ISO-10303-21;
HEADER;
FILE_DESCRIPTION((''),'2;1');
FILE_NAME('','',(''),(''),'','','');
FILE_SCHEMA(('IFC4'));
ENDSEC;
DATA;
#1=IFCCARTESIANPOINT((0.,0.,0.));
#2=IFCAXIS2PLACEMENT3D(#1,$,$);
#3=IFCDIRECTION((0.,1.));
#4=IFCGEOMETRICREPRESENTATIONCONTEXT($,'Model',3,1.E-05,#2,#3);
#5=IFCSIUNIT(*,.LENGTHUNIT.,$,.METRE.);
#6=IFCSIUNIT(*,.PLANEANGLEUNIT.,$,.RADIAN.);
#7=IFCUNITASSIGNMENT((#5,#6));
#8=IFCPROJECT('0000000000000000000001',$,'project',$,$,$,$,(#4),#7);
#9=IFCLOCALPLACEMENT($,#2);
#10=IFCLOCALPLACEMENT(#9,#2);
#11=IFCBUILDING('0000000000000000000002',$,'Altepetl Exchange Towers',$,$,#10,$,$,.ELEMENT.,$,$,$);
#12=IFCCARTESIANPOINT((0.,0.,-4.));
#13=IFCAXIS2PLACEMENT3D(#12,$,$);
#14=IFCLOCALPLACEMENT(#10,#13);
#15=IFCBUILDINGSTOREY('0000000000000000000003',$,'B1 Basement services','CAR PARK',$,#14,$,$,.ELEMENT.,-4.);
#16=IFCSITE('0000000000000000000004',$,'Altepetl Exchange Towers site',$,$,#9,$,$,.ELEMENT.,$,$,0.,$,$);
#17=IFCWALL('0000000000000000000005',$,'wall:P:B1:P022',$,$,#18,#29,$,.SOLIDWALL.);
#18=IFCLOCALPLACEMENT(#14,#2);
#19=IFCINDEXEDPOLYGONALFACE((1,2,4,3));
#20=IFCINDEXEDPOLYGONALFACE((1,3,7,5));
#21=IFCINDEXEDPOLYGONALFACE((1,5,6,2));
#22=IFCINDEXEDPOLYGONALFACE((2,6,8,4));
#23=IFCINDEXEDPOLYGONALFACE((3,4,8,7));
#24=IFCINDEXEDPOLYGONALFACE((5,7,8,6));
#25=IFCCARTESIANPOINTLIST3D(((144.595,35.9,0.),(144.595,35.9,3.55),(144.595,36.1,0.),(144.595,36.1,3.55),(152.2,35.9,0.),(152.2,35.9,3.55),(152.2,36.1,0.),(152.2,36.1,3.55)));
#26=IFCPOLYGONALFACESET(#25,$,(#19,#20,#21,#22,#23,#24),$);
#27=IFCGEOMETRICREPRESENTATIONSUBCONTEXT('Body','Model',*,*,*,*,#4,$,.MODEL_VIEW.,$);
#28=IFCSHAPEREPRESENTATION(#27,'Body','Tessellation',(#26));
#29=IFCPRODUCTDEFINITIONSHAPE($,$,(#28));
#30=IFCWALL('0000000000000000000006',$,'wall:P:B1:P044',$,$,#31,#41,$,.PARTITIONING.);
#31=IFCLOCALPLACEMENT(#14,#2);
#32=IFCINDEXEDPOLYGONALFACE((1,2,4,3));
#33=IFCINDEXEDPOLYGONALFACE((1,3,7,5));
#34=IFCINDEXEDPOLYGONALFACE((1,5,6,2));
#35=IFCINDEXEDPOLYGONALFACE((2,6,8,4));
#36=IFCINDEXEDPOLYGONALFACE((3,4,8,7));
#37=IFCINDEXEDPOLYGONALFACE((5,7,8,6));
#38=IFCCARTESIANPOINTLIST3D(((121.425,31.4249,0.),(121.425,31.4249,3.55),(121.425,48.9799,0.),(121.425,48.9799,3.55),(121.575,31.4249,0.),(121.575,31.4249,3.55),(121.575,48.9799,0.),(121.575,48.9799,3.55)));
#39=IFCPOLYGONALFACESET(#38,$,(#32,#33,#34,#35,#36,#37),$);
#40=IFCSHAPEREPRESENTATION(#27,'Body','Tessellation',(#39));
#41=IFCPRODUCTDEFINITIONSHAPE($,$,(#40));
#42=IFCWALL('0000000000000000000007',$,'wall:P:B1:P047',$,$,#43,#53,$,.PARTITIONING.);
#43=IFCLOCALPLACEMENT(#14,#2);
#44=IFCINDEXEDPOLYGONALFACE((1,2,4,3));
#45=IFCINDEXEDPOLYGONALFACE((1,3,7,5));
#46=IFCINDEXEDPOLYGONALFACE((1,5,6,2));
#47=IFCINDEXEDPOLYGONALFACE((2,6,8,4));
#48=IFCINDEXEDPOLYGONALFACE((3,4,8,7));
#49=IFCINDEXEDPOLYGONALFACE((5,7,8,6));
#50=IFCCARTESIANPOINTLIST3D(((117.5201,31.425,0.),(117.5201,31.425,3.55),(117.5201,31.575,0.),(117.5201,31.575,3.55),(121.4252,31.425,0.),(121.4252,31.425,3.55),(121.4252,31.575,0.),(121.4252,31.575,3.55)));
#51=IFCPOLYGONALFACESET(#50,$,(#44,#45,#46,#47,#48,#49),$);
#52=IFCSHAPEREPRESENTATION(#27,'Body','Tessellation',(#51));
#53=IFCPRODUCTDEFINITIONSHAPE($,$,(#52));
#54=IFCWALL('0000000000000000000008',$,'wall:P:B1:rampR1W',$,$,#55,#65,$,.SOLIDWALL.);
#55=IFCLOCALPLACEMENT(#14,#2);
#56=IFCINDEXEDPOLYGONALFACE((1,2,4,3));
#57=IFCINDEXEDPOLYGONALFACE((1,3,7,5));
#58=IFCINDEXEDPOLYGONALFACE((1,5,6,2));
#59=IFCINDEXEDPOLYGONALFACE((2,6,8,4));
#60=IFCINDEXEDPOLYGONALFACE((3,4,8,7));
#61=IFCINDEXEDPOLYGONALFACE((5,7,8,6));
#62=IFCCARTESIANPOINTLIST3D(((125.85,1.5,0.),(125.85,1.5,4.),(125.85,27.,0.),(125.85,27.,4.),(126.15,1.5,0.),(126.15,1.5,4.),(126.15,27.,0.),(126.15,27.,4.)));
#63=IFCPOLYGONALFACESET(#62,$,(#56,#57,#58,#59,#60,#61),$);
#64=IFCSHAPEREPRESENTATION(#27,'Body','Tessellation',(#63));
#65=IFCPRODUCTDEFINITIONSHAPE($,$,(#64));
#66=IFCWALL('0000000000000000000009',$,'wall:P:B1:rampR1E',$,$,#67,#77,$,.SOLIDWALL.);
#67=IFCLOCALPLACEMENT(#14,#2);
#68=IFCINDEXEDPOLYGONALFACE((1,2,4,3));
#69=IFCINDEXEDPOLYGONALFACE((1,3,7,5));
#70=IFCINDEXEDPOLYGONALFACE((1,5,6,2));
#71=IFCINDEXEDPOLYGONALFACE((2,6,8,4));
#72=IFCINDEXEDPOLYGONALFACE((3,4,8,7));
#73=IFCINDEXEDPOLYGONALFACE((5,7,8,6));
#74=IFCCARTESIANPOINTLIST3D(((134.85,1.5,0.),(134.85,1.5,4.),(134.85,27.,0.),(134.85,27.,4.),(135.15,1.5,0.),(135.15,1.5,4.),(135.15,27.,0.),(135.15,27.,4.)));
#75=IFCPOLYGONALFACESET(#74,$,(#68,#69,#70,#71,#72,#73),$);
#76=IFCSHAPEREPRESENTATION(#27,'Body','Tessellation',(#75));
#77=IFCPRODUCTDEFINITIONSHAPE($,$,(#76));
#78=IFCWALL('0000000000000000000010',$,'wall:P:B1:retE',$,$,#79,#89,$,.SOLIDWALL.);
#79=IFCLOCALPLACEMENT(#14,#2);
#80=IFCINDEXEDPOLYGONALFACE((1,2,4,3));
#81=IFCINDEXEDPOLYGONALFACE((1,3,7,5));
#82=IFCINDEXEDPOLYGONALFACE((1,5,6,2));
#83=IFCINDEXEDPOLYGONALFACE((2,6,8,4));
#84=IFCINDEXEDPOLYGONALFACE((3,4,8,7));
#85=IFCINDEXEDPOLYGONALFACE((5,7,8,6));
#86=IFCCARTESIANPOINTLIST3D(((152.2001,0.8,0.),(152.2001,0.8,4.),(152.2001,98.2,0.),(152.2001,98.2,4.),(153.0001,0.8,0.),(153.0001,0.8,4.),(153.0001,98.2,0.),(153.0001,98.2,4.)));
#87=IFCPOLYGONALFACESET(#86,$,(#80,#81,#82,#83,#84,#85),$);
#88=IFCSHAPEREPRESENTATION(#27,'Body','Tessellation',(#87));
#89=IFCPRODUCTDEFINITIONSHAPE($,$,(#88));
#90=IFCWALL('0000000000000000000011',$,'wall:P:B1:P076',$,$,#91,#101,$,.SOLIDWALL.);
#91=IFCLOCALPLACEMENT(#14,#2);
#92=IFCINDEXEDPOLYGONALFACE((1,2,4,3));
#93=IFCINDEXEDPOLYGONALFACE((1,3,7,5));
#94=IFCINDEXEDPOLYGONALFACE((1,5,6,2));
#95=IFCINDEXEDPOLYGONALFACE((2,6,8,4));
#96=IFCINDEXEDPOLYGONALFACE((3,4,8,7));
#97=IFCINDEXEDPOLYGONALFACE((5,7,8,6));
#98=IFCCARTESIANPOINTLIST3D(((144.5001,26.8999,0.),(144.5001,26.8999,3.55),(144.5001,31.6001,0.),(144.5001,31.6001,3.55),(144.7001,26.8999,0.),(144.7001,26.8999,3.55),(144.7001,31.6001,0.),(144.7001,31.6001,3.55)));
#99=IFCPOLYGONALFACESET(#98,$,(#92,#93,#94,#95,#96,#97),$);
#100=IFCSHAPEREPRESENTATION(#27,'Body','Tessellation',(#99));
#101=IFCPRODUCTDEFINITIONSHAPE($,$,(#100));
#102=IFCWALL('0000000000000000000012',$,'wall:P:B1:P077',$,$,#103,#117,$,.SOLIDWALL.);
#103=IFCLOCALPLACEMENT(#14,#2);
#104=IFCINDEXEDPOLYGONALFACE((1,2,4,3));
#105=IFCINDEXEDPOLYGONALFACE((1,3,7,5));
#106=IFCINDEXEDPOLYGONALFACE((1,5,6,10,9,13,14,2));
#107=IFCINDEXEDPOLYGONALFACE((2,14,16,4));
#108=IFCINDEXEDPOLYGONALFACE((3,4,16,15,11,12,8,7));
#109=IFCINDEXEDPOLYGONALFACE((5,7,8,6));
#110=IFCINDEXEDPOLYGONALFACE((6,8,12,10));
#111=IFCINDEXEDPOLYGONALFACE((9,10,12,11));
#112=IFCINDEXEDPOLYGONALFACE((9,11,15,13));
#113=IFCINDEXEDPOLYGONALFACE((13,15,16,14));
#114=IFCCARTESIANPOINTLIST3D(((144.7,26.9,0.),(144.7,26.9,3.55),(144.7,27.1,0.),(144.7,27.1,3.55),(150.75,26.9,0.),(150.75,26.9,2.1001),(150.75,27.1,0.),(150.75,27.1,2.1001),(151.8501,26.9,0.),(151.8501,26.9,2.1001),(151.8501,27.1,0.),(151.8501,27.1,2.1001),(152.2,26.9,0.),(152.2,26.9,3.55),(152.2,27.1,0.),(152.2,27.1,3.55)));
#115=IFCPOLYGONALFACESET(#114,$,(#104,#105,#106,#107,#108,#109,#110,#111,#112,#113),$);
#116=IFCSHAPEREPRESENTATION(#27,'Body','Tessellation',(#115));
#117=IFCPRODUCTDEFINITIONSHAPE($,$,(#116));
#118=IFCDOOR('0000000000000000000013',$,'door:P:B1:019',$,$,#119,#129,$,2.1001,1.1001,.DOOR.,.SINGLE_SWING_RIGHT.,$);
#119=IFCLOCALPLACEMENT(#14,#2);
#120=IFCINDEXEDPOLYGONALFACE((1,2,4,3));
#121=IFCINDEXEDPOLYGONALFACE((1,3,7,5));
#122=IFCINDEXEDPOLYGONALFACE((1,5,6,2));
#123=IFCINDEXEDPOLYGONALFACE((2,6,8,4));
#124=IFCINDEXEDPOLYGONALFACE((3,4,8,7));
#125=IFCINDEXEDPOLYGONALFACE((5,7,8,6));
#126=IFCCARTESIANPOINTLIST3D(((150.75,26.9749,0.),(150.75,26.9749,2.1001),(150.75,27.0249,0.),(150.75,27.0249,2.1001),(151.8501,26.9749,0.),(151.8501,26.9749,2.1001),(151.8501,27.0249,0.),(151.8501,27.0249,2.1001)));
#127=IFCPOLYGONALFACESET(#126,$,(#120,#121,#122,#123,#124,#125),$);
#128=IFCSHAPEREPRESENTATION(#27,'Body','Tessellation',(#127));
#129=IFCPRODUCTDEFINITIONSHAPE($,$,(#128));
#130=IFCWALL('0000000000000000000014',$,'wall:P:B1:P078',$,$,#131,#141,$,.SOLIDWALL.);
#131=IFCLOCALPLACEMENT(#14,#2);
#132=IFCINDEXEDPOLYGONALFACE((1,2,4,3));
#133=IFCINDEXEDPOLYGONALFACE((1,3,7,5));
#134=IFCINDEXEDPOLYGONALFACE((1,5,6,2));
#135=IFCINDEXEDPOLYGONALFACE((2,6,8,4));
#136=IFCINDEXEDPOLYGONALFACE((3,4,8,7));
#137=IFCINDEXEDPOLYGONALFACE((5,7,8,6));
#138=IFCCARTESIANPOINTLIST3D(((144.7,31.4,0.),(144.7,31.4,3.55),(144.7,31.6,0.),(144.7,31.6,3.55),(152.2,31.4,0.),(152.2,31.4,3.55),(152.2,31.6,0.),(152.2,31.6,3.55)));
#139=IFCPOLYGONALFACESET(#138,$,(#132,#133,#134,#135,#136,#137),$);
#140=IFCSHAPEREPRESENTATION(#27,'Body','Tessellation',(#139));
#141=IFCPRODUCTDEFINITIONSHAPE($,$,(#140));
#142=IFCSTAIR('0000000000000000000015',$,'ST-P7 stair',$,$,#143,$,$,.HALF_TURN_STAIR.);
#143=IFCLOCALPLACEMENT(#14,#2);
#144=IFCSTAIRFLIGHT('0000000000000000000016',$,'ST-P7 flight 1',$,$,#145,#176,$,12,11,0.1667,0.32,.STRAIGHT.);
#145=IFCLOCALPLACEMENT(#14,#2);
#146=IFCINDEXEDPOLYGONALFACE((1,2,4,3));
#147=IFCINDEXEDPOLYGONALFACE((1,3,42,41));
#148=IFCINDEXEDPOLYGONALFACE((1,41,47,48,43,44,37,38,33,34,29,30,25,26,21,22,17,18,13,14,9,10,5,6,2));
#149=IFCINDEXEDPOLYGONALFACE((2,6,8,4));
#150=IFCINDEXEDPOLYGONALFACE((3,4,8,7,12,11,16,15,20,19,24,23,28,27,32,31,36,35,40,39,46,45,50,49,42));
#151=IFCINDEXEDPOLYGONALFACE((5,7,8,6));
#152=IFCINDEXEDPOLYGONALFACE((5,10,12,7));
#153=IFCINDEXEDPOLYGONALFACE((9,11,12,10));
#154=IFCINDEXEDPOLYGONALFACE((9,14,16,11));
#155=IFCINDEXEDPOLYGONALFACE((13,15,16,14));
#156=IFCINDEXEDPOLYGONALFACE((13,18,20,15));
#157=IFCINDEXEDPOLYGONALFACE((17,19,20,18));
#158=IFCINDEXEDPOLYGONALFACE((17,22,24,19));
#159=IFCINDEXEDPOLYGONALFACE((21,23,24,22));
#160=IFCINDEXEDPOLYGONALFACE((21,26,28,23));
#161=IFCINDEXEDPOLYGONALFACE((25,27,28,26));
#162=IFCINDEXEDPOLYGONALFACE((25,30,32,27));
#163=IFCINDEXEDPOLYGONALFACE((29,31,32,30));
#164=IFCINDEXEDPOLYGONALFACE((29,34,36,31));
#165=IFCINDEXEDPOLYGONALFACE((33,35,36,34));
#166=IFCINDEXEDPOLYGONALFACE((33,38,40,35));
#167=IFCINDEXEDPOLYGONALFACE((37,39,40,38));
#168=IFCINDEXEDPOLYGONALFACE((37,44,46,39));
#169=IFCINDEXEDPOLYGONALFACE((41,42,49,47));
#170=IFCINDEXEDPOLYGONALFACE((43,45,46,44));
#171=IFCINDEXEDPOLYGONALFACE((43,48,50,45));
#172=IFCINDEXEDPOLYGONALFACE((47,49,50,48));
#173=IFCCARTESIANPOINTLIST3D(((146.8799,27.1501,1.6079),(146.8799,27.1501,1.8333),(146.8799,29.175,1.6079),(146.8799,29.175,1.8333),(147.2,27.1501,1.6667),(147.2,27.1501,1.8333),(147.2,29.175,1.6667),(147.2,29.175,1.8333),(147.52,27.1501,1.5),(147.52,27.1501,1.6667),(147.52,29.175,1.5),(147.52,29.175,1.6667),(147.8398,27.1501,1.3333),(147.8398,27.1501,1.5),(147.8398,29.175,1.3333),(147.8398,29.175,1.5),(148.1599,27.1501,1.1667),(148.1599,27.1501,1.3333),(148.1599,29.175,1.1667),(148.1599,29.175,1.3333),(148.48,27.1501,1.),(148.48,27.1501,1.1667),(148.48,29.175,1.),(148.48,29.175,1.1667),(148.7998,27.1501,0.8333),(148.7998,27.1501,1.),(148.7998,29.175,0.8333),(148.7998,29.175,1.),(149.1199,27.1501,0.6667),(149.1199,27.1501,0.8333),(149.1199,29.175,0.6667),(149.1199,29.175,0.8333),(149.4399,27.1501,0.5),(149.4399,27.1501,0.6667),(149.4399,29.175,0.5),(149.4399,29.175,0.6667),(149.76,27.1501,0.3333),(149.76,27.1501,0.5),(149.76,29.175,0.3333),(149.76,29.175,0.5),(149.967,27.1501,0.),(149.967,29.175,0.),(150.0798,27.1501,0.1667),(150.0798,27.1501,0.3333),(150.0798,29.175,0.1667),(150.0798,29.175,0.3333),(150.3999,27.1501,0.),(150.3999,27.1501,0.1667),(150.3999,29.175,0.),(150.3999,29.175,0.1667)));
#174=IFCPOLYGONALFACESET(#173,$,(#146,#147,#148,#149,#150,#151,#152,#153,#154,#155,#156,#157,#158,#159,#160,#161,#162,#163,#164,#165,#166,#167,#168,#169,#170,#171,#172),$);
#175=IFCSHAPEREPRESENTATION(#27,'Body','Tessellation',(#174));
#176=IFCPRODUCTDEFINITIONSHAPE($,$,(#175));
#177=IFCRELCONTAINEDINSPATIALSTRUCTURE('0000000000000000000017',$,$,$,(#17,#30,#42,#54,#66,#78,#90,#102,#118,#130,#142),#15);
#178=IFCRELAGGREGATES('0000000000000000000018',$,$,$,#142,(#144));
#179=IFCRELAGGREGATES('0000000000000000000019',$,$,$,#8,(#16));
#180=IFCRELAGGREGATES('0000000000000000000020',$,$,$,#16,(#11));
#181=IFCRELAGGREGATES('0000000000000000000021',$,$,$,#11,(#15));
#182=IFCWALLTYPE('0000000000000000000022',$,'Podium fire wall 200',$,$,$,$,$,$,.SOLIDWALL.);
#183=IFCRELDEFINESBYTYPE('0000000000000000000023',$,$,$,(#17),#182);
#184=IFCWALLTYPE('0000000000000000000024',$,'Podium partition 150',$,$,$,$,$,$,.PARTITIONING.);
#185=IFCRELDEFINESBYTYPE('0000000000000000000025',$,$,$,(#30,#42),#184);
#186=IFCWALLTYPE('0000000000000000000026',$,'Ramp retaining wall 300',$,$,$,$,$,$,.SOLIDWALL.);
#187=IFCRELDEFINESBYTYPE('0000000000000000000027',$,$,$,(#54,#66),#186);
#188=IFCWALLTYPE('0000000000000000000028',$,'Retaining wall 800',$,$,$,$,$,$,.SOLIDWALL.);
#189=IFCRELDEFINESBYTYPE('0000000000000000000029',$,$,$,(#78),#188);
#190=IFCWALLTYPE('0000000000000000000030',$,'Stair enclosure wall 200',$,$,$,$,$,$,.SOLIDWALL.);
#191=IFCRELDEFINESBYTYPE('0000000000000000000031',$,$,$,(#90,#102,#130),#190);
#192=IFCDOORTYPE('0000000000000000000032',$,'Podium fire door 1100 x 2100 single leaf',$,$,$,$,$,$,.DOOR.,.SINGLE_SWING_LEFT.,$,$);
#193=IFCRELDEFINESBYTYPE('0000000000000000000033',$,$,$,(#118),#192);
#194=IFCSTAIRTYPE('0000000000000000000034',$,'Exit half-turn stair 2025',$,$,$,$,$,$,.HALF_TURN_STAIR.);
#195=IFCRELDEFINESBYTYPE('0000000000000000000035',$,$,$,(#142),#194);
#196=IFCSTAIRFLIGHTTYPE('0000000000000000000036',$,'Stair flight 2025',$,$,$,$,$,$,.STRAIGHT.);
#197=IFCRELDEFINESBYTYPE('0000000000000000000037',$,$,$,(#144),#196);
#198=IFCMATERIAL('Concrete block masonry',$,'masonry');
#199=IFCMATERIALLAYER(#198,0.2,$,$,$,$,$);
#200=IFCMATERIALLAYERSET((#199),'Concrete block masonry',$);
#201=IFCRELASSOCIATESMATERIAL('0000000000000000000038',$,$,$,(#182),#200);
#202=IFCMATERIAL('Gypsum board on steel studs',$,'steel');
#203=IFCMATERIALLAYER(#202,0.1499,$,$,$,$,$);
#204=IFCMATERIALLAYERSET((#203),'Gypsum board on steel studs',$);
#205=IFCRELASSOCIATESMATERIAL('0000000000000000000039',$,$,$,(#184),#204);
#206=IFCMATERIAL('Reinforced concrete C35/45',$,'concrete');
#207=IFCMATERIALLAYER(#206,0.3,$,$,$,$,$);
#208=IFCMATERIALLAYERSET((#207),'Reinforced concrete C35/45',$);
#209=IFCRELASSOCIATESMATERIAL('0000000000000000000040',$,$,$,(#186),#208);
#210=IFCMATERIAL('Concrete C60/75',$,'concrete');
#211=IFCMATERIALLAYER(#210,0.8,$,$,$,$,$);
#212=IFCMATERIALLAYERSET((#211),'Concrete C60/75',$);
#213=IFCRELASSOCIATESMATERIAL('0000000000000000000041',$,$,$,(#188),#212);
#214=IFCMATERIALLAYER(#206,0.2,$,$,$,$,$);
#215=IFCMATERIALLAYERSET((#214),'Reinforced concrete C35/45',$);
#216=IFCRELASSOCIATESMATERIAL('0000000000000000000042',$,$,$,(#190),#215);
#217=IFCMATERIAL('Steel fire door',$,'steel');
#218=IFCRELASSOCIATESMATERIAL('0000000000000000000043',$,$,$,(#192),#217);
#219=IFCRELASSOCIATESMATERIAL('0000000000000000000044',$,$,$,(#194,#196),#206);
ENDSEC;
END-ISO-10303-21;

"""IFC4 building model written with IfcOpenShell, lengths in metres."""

from ifc_helpers import new_model, si_unit, direction, frame, frame_2d, origin, place, context, subcontext, project, spatial, polyline, rectangle, outline, extrude, material, layer, layer_set, type_object, element, fill, aggregate, save


model = new_model("IFC4")

# Units and contexts
model_context = context("Model", 3, precision=1e-05, world=origin(), true_north=direction((0.0, 1.0)))
body_context = subcontext(model_context, "Body", "Model", "MODEL_VIEW")
ifc_project = project(units=[si_unit("LENGTHUNIT", "METRE"), si_unit("PLANEANGLEUNIT", "RADIAN")], contexts=[model_context])

# Site, building, storey
site_placement = place(None, origin())
site = spatial("IfcSite", under=ifc_project, at=site_placement, Name="Altepetl Exchange Towers site", CompositionType="ELEMENT", RefElevation=0.0)
building_placement = place(site_placement, origin())
building = spatial("IfcBuilding", under=site, at=building_placement, Name="Altepetl Exchange Towers", CompositionType="ELEMENT")
storey_placement = place(building_placement, frame((0.0, 0.0, -4.0)))
storey = spatial("IfcBuildingStorey", under=building, at=storey_placement, Name="B1 Basement services", Description="CAR PARK", CompositionType="ELEMENT", Elevation=-4.0)

# Shared definitions
ifc_material_1 = material(Name="Reinforced concrete C35/45", Category="concrete")

# Shared definitions
ifc_material_2 = material(Name="Concrete block masonry", Category="masonry")
ifc_layer_1 = layer(ifc_material_2, 0.2)
ifc_layer_set_1 = layer_set([ifc_layer_1], Name="Concrete block masonry")
wall_type_1 = type_object("IfcWallType", Name="Podium fire wall 200", PredefinedType="SOLIDWALL", material=ifc_layer_set_1)
ifc_material_3 = material(Name="Steel fire door", Category="steel")

# Walls
wall_1_placement = place(storey_placement, frame((144.595, 36.0, 0.0)))
element("IfcWall", 1, at=wall_1_placement, inside=storey, type_object=wall_type_1, Name="wall:P:B1:P022", PredefinedType="SOLIDWALL", context=body_context, shape_type="SweptSolid", body=[
    extrude(rectangle(XDim=7.605, YDim=0.2, at=frame_2d((3.8025, 0.0))), origin(), (0.0, 0.0, 1.0), 3.55),
])
ifc_material_4 = material(Name="Gypsum board on steel studs", Category="steel")
ifc_layer_2 = layer(ifc_material_4, 0.1499)
ifc_layer_set_2 = layer_set([ifc_layer_2], Name="Gypsum board on steel studs")
wall_type_2 = type_object("IfcWallType", Name="Podium partition 150", PredefinedType="PARTITIONING", material=ifc_layer_set_2)
wall_2_placement = place(storey_placement, frame((121.5, 31.425, 0.0), z_axis=(0.0, 0.0, 1.0), x_axis=(0.0, 1.0, 0.0)))
element("IfcWall", 2, at=wall_2_placement, inside=storey, type_object=wall_type_2, Name="wall:P:B1:P044", PredefinedType="PARTITIONING", context=body_context, shape_type="SweptSolid", body=[
    extrude(rectangle(XDim=17.5549, YDim=0.1499, at=frame_2d((8.7773, 0.0))), origin(), (0.0, 0.0, 1.0), 3.55),
])
wall_3_placement = place(storey_placement, frame((117.52, 31.5, 0.0)))
element("IfcWall", 3, at=wall_3_placement, inside=storey, type_object=wall_type_2, Name="wall:P:B1:P047", PredefinedType="PARTITIONING", context=body_context, shape_type="SweptSolid", body=[
    extrude(rectangle(XDim=3.905, YDim=0.1499, at=frame_2d((1.9526, 0.0))), origin(), (0.0, 0.0, 1.0), 3.55),
])
ifc_layer_3 = layer(ifc_material_1, 0.3)
ifc_layer_set_3 = layer_set([ifc_layer_3], Name="Reinforced concrete C35/45")
wall_type_3 = type_object("IfcWallType", Name="Ramp retaining wall 300", PredefinedType="SOLIDWALL", material=ifc_layer_set_3)
for number, where, z_axis, x_axis, name in (
    (4, (126.0, 1.5, 0.0), (0.0, 0.0, 1.0), (0.0, 1.0, 0.0), "wall:P:B1:rampR1W"),
    (5, (135.0, 1.5, 0.0), (0.0, 0.0, 1.0), (0.0, 1.0, 0.0), "wall:P:B1:rampR1E"),
):
    element("IfcWall", number, at=place(storey_placement, frame(where, z_axis=z_axis, x_axis=x_axis)), inside=storey, type_object=wall_type_3, Name=name, PredefinedType="SOLIDWALL", context=body_context, shape_type="SweptSolid", body=[
        extrude(rectangle(XDim=25.5, YDim=0.3, at=frame_2d((12.75, 0.0))), origin(), (0.0, 0.0, 1.0), 4.0),
    ])
ifc_material_5 = material(Name="Concrete C60/75", Category="concrete")
ifc_layer_4 = layer(ifc_material_5, 0.8)
ifc_layer_set_4 = layer_set([ifc_layer_4], Name="Concrete C60/75")
wall_type_4 = type_object("IfcWallType", Name="Retaining wall 800", PredefinedType="SOLIDWALL", material=ifc_layer_set_4)
wall_4_placement = place(storey_placement, frame((152.6001, 0.8, 0.0), z_axis=(0.0, 0.0, 1.0), x_axis=(0.0, 1.0, 0.0)))
element("IfcWall", 6, at=wall_4_placement, inside=storey, type_object=wall_type_4, Name="wall:P:B1:retE", PredefinedType="SOLIDWALL", context=body_context, shape_type="SweptSolid", body=[
    extrude(rectangle(XDim=97.3999, YDim=0.8, at=frame_2d((48.7, 0.0))), origin(), (0.0, 0.0, 1.0), 4.0),
])
ifc_layer_5 = layer(ifc_material_1, 0.2)
ifc_layer_set_5 = layer_set([ifc_layer_5], Name="Reinforced concrete C35/45")
wall_type_5 = type_object("IfcWallType", Name="Stair enclosure wall 200", PredefinedType="SOLIDWALL", material=ifc_layer_set_5)
wall_5_placement = place(storey_placement, frame((144.6001, 26.8999, 0.0), z_axis=(0.0, 0.0, 1.0), x_axis=(0.0, 1.0, 0.0)))
element("IfcWall", 7, at=wall_5_placement, inside=storey, type_object=wall_type_5, Name="wall:P:B1:P076", PredefinedType="SOLIDWALL", context=body_context, shape_type="SweptSolid", body=[
    extrude(rectangle(XDim=4.7002, YDim=0.2, at=frame_2d((2.3501, 0.0))), origin(), (0.0, 0.0, 1.0), 3.55),
])

# Wall, opening, door
wall_6_placement = place(storey_placement, frame((144.7, 27.0, 0.0)))
wall_6 = element("IfcWall", 8, at=wall_6_placement, inside=storey, type_object=wall_type_5, Name="wall:P:B1:P077", PredefinedType="SOLIDWALL", context=body_context, shape_type="SweptSolid", body=[
    extrude(rectangle(XDim=7.5, YDim=0.2, at=frame_2d((3.75, 0.0))), origin(), (0.0, 0.0, 1.0), 3.55),
])
opening_1_placement = place(wall_6_placement, frame((6.05, 0.0, 0.0)))
opening_1 = element("IfcOpeningElement", 9, at=opening_1_placement, cuts=wall_6, PredefinedType="OPENING", context=body_context, shape_type="SweptSolid", body=[
    extrude(rectangle(XDim=1.1001, YDim=2.1001, at=frame_2d((0.55, 1.05))), frame((0.0, 0.1099, 0.0), z_axis=(0.0, -1.0, 0.0), x_axis=(1.0, 0.0, 0.0)), (0.0, 0.0, 1.0), 0.22),
])
door_type_1 = type_object("IfcDoorType", Name="Podium fire door 1100 x 2100 single leaf", OperationType="SINGLE_SWING_LEFT", PredefinedType="DOOR", material=ifc_material_3)
door_1_placement = place(opening_1_placement, origin())
door_1 = element("IfcDoor", 10, at=door_1_placement, inside=storey, type_object=door_type_1, Name="door:P:B1:019", OperationType="SINGLE_SWING_RIGHT", OverallHeight=2.1001, OverallWidth=1.1001, PredefinedType="DOOR", context=body_context, shape_type="SweptSolid", body=[
    extrude(rectangle(XDim=1.1001, YDim=2.1001, at=frame_2d((0.55, 1.05))), frame((0.0, 0.0249, 0.0), z_axis=(0.0, -1.0, 0.0), x_axis=(1.0, 0.0, 0.0)), (0.0, 0.0, 1.0), 0.05),
])
fill(opening_1, door_1)

# Wall
wall_7_placement = place(storey_placement, frame((144.7, 31.5, 0.0)))
element("IfcWall", 11, at=wall_7_placement, inside=storey, type_object=wall_type_5, Name="wall:P:B1:P078", PredefinedType="SOLIDWALL", context=body_context, shape_type="SweptSolid", body=[
    extrude(rectangle(XDim=7.5, YDim=0.2, at=frame_2d((3.75, 0.0))), origin(), (0.0, 0.0, 1.0), 3.55),
])

# Stair, stair flight
stair_type = type_object("IfcStairType", Name="Exit half-turn stair 2025", PredefinedType="HALF_TURN_STAIR", material=ifc_material_1)
stair_placement = place(storey_placement, origin())
stair = element("IfcStair", 12, at=stair_placement, inside=storey, type_object=stair_type, Name="ST-P7 stair", PredefinedType="HALF_TURN_STAIR")
stair_flight_type = type_object("IfcStairFlightType", Name="Stair flight 2025", PredefinedType="STRAIGHT", material=ifc_material_1)
stair_flight_1_placement = place(storey_placement, frame((150.3999, 28.1626, 0.0), z_axis=(0.0, 0.0, 1.0), x_axis=(-1.0, 0.0, 0.0)))
stair_flight_1 = element("IfcStairFlight", 13, at=stair_flight_1_placement, type_object=stair_flight_type, Name="ST-P7 flight 1", NumberOfRisers=12, NumberOfTreads=11, PredefinedType="STRAIGHT", RiserHeight=0.1667, TreadLength=0.32, context=body_context, shape_type="SweptSolid", body=[
    extrude(outline(polyline([(0.0, 0.0), (0.0, 0.1667), (0.3201, 0.1667), (0.3201, 0.3333), (0.6399, 0.3333), (0.6399, 0.5), (0.96, 0.5), (0.96, 0.6667), (1.28, 0.6667), (1.28, 0.8333), (1.6001, 0.8333), (1.6001, 1.0), (1.9199, 1.0), (1.9199, 1.1667), (2.24, 1.1667), (2.24, 1.3333), (2.5601, 1.3333), (2.5601, 1.5), (2.8799, 1.5), (2.8799, 1.6667), (3.2, 1.6667), (3.2, 1.8333), (3.52, 1.8333), (3.52, 2.0), (3.52, 1.6079), (0.4329, 0.0), (0.0, 0.0)])), frame((0.0, 1.0125, 0.0), z_axis=(0.0, -1.0, 0.0), x_axis=(1.0, 0.0, 0.0)), (0.0, 0.0, 1.0), 2.0249),
])
aggregate(stair, [stair_flight_1])

save(model, "model.ifc")
